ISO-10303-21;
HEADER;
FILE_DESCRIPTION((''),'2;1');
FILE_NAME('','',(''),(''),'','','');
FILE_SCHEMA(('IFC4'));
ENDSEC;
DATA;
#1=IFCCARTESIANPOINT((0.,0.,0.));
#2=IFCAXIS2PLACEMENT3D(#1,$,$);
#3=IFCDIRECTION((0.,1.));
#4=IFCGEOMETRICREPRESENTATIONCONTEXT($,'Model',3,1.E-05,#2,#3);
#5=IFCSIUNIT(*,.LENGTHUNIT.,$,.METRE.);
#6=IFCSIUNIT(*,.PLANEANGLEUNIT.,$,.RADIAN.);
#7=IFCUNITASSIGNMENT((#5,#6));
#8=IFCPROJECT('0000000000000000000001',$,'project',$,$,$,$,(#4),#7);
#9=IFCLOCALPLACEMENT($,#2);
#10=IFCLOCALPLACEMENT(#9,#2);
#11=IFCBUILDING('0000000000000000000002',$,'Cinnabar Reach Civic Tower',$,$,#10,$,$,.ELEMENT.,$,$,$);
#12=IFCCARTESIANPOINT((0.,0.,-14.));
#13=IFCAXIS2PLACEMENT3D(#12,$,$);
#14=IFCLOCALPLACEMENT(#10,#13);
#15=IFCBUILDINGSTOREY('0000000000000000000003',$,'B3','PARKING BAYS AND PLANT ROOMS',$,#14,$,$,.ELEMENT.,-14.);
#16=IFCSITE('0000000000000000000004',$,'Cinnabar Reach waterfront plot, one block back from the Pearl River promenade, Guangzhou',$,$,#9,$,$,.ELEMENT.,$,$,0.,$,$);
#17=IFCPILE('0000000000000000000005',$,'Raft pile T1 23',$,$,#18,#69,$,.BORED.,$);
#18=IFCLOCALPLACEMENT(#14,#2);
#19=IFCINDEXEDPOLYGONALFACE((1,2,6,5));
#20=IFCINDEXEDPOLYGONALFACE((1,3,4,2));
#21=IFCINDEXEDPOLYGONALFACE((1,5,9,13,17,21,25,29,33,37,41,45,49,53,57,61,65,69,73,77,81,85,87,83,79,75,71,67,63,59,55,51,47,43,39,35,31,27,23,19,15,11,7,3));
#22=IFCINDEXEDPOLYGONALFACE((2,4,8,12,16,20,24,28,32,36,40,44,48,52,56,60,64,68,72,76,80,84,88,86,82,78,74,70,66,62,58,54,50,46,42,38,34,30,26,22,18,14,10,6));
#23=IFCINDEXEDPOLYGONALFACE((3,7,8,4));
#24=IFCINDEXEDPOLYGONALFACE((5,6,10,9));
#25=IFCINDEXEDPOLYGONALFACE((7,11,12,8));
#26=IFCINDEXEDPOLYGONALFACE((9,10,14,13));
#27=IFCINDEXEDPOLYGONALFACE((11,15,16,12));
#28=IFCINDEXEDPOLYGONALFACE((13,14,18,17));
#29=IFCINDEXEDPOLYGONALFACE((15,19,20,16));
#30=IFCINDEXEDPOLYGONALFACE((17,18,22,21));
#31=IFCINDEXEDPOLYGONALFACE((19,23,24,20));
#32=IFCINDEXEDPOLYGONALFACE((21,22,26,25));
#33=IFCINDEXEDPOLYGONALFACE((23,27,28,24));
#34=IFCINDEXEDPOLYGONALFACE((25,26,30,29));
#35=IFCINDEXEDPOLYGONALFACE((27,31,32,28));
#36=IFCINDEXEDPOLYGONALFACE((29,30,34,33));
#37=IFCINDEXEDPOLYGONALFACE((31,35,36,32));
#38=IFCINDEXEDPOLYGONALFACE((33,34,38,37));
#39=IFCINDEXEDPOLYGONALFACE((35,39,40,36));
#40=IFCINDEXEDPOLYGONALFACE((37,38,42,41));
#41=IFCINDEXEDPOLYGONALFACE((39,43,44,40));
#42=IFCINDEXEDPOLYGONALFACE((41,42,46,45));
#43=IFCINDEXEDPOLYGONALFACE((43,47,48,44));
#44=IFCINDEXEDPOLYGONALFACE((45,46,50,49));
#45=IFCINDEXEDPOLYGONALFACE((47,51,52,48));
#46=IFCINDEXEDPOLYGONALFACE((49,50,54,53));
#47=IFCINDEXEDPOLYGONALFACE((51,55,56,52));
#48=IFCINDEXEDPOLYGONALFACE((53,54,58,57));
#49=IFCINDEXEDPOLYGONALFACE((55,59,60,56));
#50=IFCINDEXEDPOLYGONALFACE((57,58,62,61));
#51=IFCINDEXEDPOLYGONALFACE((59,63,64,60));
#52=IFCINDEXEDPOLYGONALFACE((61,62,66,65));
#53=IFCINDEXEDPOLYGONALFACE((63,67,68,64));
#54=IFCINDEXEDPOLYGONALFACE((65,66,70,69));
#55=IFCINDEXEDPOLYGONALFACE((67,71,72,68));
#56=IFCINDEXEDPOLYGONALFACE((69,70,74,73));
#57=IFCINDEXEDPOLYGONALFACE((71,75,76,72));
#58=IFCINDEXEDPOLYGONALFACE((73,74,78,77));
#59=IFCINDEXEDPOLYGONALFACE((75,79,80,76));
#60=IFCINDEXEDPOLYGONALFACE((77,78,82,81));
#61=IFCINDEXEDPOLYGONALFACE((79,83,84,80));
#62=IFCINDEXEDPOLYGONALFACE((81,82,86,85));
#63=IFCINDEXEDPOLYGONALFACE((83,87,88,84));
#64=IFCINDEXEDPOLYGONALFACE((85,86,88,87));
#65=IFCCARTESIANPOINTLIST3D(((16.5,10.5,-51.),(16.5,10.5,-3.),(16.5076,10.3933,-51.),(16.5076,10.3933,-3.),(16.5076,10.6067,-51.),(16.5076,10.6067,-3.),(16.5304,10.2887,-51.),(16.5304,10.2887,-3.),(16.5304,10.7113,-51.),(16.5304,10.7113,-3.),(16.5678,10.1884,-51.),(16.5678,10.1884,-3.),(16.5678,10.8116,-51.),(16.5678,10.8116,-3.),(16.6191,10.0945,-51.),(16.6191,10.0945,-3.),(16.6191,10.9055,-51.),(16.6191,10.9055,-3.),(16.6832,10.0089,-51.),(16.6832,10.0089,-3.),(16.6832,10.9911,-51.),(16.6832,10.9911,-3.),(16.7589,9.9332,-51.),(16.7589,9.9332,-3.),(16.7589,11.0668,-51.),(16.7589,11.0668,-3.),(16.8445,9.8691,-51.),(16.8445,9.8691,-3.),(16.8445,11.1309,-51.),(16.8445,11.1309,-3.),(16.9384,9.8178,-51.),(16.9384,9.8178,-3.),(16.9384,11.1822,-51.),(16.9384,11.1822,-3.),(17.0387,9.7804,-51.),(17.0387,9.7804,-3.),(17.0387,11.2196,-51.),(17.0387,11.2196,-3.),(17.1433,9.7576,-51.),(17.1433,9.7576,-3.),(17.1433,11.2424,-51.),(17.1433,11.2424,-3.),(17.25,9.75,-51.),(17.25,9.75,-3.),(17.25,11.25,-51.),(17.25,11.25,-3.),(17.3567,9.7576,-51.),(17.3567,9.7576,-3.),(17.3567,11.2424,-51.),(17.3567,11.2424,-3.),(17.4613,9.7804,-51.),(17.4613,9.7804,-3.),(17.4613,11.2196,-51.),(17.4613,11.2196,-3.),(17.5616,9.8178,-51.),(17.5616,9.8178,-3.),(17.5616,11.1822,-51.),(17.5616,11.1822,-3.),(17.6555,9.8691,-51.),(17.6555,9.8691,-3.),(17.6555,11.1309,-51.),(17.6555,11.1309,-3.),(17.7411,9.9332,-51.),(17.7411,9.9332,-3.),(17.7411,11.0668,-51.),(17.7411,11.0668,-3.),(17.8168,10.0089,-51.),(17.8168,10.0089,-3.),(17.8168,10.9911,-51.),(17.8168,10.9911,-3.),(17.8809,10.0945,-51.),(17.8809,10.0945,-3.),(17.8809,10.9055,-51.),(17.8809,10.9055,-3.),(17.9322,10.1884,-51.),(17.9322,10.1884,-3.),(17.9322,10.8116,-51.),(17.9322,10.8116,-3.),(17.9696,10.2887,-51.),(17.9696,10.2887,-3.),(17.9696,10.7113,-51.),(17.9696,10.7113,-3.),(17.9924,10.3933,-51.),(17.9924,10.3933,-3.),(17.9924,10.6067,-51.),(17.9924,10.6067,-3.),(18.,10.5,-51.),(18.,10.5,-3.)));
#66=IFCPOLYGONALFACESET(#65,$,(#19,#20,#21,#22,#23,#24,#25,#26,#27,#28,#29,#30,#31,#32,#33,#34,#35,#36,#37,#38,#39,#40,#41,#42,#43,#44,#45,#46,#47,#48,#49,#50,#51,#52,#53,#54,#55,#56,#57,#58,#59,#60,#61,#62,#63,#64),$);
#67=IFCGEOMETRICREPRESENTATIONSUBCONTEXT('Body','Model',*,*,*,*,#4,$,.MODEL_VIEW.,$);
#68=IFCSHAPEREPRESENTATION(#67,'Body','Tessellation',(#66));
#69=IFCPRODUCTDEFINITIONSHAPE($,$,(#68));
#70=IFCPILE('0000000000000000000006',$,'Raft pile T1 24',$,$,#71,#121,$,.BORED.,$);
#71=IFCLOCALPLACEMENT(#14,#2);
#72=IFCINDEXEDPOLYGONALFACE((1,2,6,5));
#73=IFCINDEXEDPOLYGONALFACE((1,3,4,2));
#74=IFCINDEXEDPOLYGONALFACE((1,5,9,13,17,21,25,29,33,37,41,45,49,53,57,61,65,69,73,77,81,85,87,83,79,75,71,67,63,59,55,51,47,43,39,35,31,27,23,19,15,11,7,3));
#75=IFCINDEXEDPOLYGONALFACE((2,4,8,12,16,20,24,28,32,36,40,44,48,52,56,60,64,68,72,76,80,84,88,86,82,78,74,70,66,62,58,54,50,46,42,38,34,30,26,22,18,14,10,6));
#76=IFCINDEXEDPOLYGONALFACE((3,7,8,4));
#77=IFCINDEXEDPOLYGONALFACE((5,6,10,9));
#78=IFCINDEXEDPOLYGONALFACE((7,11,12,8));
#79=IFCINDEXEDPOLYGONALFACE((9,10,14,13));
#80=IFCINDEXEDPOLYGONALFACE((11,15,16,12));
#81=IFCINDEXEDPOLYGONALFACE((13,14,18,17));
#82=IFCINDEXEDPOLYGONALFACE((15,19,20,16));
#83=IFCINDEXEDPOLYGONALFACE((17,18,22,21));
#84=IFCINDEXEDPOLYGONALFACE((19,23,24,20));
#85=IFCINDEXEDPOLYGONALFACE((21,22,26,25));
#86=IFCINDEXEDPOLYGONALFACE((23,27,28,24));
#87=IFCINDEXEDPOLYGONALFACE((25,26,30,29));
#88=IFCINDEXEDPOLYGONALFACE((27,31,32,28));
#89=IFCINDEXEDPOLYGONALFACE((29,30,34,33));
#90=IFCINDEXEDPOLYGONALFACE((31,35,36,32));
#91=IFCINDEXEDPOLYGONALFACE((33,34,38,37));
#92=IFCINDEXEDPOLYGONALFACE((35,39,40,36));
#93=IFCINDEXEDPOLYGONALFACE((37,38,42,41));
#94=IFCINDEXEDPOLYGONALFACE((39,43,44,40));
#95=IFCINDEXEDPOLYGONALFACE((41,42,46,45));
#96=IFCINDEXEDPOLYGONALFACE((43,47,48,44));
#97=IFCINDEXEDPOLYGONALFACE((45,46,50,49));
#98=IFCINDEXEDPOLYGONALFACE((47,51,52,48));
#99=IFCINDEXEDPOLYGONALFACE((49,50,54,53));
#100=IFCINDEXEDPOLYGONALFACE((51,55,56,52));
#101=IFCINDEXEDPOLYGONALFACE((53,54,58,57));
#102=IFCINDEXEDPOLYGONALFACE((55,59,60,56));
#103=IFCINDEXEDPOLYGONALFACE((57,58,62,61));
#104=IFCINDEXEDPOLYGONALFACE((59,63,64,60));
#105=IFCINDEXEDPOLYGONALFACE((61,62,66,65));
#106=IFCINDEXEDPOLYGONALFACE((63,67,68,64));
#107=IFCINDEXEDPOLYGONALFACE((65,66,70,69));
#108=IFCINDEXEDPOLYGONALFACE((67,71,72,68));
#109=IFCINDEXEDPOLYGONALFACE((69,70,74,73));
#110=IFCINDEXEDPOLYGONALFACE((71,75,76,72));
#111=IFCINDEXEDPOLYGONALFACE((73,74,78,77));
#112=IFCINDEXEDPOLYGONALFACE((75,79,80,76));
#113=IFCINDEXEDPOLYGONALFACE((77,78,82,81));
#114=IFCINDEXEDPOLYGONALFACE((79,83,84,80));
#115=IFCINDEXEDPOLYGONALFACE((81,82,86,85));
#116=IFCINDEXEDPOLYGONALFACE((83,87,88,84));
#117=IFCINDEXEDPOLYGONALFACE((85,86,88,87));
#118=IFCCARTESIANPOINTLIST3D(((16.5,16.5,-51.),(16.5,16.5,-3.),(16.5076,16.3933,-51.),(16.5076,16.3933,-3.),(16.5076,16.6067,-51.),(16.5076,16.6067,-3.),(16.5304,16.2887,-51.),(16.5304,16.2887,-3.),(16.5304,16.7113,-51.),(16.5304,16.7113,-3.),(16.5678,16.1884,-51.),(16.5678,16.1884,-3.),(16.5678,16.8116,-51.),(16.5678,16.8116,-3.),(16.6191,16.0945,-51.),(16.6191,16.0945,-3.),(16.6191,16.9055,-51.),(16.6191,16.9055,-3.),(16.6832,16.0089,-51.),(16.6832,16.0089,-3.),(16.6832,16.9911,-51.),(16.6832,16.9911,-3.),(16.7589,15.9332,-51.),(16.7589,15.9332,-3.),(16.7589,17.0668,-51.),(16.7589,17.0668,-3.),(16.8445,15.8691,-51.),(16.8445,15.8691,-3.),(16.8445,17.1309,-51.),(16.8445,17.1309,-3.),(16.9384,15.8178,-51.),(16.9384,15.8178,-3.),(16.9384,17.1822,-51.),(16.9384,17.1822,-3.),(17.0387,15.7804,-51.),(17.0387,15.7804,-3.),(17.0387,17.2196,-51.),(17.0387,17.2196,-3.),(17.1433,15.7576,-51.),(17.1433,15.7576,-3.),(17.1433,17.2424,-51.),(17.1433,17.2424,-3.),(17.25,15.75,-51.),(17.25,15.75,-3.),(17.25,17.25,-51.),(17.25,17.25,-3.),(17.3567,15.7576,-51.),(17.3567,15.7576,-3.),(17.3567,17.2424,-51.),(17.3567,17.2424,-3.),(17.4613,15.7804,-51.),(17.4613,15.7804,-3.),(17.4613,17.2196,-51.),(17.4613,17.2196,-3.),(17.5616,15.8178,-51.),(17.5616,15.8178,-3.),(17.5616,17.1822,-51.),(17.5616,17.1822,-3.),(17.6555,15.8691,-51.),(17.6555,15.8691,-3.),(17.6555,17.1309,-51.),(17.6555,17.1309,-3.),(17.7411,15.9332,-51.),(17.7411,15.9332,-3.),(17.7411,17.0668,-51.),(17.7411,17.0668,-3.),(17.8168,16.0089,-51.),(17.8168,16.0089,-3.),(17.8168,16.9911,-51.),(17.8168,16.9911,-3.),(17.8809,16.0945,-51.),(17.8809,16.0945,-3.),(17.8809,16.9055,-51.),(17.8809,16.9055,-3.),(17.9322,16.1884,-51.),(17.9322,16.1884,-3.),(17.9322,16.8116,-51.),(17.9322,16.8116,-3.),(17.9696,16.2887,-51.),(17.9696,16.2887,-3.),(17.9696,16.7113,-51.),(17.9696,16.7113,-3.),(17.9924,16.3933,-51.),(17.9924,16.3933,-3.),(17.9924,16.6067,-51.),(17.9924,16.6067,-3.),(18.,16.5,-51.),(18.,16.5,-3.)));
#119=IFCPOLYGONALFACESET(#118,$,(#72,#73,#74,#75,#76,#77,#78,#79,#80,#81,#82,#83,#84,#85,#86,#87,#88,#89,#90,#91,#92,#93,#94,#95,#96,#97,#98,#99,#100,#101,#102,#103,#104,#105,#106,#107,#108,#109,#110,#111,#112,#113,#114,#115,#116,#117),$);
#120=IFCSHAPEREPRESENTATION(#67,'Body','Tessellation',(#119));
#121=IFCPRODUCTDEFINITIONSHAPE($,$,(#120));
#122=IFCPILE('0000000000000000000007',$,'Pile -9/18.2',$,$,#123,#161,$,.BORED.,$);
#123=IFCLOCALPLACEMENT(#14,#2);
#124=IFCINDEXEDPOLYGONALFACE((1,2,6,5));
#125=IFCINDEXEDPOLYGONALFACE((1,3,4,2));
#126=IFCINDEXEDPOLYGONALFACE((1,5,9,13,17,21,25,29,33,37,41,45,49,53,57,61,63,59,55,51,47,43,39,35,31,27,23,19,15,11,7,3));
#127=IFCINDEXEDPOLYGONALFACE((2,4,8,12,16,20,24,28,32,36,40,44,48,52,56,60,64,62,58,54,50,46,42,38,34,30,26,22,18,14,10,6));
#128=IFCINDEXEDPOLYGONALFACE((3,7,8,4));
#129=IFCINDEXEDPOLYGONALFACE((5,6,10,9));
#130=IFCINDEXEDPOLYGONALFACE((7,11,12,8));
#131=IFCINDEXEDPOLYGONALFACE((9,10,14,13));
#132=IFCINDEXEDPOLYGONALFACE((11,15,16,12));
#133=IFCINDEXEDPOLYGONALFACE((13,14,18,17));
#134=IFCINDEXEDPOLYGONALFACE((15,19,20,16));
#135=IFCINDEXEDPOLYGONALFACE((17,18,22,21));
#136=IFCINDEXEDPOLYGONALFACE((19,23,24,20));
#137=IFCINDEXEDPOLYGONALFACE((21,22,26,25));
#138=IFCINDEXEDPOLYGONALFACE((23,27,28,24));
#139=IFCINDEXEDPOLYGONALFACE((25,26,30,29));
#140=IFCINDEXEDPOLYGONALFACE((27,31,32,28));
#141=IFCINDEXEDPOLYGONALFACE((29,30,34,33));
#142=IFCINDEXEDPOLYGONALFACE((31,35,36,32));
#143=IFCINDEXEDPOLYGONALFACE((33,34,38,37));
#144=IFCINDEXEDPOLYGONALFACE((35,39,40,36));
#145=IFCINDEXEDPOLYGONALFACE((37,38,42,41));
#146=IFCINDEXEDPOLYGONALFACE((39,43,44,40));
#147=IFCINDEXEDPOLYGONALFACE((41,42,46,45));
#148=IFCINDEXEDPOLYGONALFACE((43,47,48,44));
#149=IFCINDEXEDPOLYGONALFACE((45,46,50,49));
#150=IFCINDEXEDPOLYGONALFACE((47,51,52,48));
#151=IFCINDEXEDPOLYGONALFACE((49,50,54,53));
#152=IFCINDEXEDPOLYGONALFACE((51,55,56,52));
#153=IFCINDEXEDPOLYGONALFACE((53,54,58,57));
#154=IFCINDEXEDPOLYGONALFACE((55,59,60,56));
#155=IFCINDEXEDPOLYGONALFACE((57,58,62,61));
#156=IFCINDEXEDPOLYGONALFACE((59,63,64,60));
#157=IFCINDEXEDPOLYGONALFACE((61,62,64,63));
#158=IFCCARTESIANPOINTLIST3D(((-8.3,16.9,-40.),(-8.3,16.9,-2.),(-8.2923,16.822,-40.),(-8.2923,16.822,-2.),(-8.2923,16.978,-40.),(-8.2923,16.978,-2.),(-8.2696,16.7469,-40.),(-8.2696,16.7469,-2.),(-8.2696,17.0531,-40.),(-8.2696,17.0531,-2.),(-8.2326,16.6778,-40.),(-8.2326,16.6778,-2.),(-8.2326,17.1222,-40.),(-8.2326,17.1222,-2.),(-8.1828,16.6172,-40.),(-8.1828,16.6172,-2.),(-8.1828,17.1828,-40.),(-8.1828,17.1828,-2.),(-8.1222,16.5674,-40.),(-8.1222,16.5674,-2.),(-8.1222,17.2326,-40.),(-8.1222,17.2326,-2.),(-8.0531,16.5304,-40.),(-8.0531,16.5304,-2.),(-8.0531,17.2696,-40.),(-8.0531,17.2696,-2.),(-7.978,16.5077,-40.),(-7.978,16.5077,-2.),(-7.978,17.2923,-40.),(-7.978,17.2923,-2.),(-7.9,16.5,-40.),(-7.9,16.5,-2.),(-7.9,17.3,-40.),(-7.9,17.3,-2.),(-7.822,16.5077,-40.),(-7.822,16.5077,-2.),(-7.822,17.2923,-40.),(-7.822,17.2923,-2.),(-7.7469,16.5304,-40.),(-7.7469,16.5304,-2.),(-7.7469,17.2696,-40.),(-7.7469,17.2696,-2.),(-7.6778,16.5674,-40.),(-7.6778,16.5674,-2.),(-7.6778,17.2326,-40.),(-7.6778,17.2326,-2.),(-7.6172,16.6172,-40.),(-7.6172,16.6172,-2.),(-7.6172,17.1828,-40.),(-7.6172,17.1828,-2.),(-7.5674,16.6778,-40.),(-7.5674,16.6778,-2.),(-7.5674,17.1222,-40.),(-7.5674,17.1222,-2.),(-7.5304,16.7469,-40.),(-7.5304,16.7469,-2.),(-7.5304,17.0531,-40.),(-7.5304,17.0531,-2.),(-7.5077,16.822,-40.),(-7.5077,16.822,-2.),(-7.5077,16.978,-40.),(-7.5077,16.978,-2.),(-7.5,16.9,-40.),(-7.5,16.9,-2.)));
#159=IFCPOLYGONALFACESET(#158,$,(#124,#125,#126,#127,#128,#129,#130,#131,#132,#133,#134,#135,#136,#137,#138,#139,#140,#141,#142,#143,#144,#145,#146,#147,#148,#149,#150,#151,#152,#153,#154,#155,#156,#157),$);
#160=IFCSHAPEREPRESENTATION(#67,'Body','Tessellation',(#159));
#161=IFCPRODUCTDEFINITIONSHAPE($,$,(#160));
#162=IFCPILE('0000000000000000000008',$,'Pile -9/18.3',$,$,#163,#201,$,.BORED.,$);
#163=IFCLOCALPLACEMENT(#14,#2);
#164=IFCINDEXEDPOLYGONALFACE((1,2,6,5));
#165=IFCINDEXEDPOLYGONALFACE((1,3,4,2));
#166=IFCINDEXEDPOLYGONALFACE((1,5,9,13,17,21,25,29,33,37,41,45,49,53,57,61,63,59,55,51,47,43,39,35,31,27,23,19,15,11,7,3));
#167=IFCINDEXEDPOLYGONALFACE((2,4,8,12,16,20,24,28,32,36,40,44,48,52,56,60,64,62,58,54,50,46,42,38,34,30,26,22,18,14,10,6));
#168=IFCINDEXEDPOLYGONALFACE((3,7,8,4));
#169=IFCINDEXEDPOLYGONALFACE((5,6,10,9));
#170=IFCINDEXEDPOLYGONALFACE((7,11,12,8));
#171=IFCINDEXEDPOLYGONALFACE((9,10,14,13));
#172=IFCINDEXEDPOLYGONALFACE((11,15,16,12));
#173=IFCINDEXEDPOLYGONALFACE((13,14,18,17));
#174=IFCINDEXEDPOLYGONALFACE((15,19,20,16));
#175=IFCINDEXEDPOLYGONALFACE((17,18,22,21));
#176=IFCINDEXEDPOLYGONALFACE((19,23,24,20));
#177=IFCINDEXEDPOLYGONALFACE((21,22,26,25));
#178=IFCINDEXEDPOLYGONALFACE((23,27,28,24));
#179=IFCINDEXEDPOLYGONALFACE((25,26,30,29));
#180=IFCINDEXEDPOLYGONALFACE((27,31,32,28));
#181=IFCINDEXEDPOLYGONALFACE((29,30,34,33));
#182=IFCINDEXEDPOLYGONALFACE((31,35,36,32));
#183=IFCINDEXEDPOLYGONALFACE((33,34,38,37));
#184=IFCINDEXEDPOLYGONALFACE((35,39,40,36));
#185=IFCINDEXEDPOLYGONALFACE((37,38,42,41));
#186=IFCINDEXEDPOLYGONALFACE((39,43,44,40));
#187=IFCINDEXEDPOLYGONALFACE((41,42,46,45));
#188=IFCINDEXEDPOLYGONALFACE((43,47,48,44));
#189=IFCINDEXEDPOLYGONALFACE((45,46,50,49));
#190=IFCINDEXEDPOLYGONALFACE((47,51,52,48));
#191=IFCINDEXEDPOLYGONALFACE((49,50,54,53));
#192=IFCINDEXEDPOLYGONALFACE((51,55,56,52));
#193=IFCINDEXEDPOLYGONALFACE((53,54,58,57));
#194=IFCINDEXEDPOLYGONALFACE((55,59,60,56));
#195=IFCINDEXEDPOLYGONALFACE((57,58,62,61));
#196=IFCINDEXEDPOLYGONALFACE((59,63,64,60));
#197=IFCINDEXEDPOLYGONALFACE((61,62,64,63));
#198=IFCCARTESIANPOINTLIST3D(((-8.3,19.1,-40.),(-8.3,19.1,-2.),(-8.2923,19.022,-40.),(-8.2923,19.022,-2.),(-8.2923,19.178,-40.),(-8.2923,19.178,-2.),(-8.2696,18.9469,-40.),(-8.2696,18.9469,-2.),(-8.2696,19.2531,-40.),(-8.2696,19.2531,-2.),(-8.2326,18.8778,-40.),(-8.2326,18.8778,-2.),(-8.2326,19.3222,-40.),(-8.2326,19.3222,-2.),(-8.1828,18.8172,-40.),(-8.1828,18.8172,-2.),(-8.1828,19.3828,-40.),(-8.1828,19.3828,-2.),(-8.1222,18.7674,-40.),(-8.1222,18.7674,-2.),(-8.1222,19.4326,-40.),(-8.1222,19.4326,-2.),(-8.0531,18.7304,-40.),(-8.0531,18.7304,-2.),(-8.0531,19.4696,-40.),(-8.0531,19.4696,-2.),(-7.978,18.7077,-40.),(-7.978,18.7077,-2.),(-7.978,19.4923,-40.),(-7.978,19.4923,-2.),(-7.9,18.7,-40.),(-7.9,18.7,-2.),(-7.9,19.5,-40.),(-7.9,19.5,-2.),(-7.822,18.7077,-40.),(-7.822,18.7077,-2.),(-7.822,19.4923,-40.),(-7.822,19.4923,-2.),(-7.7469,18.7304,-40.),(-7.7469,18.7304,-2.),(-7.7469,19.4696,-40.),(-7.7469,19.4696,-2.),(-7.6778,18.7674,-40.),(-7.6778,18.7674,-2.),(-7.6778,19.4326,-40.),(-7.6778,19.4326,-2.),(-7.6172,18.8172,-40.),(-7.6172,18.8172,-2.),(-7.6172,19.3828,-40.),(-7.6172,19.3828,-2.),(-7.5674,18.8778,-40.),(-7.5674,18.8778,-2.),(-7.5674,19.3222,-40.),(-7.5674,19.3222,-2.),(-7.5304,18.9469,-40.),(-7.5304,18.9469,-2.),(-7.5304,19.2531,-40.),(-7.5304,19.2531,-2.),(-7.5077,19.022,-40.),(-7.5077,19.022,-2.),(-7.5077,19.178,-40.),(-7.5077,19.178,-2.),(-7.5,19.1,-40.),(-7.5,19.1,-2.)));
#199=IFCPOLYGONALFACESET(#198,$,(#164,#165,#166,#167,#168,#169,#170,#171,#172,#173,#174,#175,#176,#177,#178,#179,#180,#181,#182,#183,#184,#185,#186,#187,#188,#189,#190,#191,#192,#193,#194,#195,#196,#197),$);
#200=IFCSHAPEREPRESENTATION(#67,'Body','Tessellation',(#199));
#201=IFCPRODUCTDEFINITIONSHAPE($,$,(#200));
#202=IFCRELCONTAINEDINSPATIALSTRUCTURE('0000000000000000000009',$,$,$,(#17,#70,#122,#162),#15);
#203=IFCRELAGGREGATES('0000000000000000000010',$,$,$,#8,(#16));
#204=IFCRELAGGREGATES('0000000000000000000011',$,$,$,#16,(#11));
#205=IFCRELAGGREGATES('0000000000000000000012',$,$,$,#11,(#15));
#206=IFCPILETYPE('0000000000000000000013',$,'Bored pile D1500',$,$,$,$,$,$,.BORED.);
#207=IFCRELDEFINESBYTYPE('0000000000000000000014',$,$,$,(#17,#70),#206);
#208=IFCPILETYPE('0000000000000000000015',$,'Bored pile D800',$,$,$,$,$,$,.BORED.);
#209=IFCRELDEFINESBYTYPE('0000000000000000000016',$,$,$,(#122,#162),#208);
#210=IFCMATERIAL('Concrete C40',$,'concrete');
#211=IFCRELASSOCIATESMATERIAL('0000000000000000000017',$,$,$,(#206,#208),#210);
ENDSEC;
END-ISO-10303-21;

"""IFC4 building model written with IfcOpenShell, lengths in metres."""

from ifc_helpers import new_model, si_unit, direction, frame, origin, origin_2d, place, context, subcontext, project, spatial, circle, extrude, material, type_object, element, save


model = new_model("IFC4")

# Units and contexts
model_context = context("Model", 3, precision=1e-05, world=origin(), true_north=direction((0.0, 1.0)))
body_context = subcontext(model_context, "Body", "Model", "MODEL_VIEW")
ifc_project = project(units=[si_unit("LENGTHUNIT", "METRE"), si_unit("PLANEANGLEUNIT", "RADIAN")], contexts=[model_context])

# Site, building, storey
site_placement = place(None, origin())
site = spatial("IfcSite", under=ifc_project, at=site_placement, Name="Cinnabar Reach waterfront plot, one block back from the Pearl River promenade, Guangzhou", CompositionType="ELEMENT", RefElevation=0.0)
building_placement = place(site_placement, origin())
building = spatial("IfcBuilding", under=site, at=building_placement, Name="Cinnabar Reach Civic Tower", CompositionType="ELEMENT")
storey_placement = place(building_placement, frame((0.0, 0.0, -14.0)))
storey = spatial("IfcBuildingStorey", under=building, at=storey_placement, Name="B3", Description="PARKING BAYS AND PLANT ROOMS", CompositionType="ELEMENT", Elevation=-14.0)

# Piles
ifc_material_1 = material(Name="Concrete C40", Category="concrete")
pile_type_1 = type_object("IfcPileType", Name="Bored pile D1500", PredefinedType="BORED", material=ifc_material_1)
for number, where, z_axis, x_axis, name in (
    (1, (17.25, 10.5, -3.0), (0.0, 0.0, -1.0), (1.0, 0.0, 0.0), "Raft pile T1 23"),
    (2, (17.25, 16.5, -3.0), (0.0, 0.0, -1.0), (1.0, 0.0, 0.0), "Raft pile T1 24"),
):
    element("IfcPile", number, at=place(storey_placement, frame(where, z_axis=z_axis, x_axis=x_axis)), inside=storey, type_object=pile_type_1, Name=name, PredefinedType="BORED", context=body_context, shape_type="SweptSolid", body=[
        extrude(circle(Radius=0.75, at=origin_2d()), origin(), (0.0, 0.0, 1.0), 48.0),
    ])
pile_type_2 = type_object("IfcPileType", Name="Bored pile D800", PredefinedType="BORED", material=ifc_material_1)
for number, where, z_axis, x_axis, name in (
    (3, (-7.9, 16.9, -2.0), (0.0, 0.0, -1.0), (1.0, 0.0, 0.0), "Pile -9/18.2"),
    (4, (-7.9, 19.1, -2.0), (0.0, 0.0, -1.0), (1.0, 0.0, 0.0), "Pile -9/18.3"),
):
    element("IfcPile", number, at=place(storey_placement, frame(where, z_axis=z_axis, x_axis=x_axis)), inside=storey, type_object=pile_type_2, Name=name, PredefinedType="BORED", context=body_context, shape_type="SweptSolid", body=[
        extrude(circle(Radius=0.4, at=origin_2d()), origin(), (0.0, 0.0, 1.0), 38.0),
    ])

save(model, "model.ifc")
